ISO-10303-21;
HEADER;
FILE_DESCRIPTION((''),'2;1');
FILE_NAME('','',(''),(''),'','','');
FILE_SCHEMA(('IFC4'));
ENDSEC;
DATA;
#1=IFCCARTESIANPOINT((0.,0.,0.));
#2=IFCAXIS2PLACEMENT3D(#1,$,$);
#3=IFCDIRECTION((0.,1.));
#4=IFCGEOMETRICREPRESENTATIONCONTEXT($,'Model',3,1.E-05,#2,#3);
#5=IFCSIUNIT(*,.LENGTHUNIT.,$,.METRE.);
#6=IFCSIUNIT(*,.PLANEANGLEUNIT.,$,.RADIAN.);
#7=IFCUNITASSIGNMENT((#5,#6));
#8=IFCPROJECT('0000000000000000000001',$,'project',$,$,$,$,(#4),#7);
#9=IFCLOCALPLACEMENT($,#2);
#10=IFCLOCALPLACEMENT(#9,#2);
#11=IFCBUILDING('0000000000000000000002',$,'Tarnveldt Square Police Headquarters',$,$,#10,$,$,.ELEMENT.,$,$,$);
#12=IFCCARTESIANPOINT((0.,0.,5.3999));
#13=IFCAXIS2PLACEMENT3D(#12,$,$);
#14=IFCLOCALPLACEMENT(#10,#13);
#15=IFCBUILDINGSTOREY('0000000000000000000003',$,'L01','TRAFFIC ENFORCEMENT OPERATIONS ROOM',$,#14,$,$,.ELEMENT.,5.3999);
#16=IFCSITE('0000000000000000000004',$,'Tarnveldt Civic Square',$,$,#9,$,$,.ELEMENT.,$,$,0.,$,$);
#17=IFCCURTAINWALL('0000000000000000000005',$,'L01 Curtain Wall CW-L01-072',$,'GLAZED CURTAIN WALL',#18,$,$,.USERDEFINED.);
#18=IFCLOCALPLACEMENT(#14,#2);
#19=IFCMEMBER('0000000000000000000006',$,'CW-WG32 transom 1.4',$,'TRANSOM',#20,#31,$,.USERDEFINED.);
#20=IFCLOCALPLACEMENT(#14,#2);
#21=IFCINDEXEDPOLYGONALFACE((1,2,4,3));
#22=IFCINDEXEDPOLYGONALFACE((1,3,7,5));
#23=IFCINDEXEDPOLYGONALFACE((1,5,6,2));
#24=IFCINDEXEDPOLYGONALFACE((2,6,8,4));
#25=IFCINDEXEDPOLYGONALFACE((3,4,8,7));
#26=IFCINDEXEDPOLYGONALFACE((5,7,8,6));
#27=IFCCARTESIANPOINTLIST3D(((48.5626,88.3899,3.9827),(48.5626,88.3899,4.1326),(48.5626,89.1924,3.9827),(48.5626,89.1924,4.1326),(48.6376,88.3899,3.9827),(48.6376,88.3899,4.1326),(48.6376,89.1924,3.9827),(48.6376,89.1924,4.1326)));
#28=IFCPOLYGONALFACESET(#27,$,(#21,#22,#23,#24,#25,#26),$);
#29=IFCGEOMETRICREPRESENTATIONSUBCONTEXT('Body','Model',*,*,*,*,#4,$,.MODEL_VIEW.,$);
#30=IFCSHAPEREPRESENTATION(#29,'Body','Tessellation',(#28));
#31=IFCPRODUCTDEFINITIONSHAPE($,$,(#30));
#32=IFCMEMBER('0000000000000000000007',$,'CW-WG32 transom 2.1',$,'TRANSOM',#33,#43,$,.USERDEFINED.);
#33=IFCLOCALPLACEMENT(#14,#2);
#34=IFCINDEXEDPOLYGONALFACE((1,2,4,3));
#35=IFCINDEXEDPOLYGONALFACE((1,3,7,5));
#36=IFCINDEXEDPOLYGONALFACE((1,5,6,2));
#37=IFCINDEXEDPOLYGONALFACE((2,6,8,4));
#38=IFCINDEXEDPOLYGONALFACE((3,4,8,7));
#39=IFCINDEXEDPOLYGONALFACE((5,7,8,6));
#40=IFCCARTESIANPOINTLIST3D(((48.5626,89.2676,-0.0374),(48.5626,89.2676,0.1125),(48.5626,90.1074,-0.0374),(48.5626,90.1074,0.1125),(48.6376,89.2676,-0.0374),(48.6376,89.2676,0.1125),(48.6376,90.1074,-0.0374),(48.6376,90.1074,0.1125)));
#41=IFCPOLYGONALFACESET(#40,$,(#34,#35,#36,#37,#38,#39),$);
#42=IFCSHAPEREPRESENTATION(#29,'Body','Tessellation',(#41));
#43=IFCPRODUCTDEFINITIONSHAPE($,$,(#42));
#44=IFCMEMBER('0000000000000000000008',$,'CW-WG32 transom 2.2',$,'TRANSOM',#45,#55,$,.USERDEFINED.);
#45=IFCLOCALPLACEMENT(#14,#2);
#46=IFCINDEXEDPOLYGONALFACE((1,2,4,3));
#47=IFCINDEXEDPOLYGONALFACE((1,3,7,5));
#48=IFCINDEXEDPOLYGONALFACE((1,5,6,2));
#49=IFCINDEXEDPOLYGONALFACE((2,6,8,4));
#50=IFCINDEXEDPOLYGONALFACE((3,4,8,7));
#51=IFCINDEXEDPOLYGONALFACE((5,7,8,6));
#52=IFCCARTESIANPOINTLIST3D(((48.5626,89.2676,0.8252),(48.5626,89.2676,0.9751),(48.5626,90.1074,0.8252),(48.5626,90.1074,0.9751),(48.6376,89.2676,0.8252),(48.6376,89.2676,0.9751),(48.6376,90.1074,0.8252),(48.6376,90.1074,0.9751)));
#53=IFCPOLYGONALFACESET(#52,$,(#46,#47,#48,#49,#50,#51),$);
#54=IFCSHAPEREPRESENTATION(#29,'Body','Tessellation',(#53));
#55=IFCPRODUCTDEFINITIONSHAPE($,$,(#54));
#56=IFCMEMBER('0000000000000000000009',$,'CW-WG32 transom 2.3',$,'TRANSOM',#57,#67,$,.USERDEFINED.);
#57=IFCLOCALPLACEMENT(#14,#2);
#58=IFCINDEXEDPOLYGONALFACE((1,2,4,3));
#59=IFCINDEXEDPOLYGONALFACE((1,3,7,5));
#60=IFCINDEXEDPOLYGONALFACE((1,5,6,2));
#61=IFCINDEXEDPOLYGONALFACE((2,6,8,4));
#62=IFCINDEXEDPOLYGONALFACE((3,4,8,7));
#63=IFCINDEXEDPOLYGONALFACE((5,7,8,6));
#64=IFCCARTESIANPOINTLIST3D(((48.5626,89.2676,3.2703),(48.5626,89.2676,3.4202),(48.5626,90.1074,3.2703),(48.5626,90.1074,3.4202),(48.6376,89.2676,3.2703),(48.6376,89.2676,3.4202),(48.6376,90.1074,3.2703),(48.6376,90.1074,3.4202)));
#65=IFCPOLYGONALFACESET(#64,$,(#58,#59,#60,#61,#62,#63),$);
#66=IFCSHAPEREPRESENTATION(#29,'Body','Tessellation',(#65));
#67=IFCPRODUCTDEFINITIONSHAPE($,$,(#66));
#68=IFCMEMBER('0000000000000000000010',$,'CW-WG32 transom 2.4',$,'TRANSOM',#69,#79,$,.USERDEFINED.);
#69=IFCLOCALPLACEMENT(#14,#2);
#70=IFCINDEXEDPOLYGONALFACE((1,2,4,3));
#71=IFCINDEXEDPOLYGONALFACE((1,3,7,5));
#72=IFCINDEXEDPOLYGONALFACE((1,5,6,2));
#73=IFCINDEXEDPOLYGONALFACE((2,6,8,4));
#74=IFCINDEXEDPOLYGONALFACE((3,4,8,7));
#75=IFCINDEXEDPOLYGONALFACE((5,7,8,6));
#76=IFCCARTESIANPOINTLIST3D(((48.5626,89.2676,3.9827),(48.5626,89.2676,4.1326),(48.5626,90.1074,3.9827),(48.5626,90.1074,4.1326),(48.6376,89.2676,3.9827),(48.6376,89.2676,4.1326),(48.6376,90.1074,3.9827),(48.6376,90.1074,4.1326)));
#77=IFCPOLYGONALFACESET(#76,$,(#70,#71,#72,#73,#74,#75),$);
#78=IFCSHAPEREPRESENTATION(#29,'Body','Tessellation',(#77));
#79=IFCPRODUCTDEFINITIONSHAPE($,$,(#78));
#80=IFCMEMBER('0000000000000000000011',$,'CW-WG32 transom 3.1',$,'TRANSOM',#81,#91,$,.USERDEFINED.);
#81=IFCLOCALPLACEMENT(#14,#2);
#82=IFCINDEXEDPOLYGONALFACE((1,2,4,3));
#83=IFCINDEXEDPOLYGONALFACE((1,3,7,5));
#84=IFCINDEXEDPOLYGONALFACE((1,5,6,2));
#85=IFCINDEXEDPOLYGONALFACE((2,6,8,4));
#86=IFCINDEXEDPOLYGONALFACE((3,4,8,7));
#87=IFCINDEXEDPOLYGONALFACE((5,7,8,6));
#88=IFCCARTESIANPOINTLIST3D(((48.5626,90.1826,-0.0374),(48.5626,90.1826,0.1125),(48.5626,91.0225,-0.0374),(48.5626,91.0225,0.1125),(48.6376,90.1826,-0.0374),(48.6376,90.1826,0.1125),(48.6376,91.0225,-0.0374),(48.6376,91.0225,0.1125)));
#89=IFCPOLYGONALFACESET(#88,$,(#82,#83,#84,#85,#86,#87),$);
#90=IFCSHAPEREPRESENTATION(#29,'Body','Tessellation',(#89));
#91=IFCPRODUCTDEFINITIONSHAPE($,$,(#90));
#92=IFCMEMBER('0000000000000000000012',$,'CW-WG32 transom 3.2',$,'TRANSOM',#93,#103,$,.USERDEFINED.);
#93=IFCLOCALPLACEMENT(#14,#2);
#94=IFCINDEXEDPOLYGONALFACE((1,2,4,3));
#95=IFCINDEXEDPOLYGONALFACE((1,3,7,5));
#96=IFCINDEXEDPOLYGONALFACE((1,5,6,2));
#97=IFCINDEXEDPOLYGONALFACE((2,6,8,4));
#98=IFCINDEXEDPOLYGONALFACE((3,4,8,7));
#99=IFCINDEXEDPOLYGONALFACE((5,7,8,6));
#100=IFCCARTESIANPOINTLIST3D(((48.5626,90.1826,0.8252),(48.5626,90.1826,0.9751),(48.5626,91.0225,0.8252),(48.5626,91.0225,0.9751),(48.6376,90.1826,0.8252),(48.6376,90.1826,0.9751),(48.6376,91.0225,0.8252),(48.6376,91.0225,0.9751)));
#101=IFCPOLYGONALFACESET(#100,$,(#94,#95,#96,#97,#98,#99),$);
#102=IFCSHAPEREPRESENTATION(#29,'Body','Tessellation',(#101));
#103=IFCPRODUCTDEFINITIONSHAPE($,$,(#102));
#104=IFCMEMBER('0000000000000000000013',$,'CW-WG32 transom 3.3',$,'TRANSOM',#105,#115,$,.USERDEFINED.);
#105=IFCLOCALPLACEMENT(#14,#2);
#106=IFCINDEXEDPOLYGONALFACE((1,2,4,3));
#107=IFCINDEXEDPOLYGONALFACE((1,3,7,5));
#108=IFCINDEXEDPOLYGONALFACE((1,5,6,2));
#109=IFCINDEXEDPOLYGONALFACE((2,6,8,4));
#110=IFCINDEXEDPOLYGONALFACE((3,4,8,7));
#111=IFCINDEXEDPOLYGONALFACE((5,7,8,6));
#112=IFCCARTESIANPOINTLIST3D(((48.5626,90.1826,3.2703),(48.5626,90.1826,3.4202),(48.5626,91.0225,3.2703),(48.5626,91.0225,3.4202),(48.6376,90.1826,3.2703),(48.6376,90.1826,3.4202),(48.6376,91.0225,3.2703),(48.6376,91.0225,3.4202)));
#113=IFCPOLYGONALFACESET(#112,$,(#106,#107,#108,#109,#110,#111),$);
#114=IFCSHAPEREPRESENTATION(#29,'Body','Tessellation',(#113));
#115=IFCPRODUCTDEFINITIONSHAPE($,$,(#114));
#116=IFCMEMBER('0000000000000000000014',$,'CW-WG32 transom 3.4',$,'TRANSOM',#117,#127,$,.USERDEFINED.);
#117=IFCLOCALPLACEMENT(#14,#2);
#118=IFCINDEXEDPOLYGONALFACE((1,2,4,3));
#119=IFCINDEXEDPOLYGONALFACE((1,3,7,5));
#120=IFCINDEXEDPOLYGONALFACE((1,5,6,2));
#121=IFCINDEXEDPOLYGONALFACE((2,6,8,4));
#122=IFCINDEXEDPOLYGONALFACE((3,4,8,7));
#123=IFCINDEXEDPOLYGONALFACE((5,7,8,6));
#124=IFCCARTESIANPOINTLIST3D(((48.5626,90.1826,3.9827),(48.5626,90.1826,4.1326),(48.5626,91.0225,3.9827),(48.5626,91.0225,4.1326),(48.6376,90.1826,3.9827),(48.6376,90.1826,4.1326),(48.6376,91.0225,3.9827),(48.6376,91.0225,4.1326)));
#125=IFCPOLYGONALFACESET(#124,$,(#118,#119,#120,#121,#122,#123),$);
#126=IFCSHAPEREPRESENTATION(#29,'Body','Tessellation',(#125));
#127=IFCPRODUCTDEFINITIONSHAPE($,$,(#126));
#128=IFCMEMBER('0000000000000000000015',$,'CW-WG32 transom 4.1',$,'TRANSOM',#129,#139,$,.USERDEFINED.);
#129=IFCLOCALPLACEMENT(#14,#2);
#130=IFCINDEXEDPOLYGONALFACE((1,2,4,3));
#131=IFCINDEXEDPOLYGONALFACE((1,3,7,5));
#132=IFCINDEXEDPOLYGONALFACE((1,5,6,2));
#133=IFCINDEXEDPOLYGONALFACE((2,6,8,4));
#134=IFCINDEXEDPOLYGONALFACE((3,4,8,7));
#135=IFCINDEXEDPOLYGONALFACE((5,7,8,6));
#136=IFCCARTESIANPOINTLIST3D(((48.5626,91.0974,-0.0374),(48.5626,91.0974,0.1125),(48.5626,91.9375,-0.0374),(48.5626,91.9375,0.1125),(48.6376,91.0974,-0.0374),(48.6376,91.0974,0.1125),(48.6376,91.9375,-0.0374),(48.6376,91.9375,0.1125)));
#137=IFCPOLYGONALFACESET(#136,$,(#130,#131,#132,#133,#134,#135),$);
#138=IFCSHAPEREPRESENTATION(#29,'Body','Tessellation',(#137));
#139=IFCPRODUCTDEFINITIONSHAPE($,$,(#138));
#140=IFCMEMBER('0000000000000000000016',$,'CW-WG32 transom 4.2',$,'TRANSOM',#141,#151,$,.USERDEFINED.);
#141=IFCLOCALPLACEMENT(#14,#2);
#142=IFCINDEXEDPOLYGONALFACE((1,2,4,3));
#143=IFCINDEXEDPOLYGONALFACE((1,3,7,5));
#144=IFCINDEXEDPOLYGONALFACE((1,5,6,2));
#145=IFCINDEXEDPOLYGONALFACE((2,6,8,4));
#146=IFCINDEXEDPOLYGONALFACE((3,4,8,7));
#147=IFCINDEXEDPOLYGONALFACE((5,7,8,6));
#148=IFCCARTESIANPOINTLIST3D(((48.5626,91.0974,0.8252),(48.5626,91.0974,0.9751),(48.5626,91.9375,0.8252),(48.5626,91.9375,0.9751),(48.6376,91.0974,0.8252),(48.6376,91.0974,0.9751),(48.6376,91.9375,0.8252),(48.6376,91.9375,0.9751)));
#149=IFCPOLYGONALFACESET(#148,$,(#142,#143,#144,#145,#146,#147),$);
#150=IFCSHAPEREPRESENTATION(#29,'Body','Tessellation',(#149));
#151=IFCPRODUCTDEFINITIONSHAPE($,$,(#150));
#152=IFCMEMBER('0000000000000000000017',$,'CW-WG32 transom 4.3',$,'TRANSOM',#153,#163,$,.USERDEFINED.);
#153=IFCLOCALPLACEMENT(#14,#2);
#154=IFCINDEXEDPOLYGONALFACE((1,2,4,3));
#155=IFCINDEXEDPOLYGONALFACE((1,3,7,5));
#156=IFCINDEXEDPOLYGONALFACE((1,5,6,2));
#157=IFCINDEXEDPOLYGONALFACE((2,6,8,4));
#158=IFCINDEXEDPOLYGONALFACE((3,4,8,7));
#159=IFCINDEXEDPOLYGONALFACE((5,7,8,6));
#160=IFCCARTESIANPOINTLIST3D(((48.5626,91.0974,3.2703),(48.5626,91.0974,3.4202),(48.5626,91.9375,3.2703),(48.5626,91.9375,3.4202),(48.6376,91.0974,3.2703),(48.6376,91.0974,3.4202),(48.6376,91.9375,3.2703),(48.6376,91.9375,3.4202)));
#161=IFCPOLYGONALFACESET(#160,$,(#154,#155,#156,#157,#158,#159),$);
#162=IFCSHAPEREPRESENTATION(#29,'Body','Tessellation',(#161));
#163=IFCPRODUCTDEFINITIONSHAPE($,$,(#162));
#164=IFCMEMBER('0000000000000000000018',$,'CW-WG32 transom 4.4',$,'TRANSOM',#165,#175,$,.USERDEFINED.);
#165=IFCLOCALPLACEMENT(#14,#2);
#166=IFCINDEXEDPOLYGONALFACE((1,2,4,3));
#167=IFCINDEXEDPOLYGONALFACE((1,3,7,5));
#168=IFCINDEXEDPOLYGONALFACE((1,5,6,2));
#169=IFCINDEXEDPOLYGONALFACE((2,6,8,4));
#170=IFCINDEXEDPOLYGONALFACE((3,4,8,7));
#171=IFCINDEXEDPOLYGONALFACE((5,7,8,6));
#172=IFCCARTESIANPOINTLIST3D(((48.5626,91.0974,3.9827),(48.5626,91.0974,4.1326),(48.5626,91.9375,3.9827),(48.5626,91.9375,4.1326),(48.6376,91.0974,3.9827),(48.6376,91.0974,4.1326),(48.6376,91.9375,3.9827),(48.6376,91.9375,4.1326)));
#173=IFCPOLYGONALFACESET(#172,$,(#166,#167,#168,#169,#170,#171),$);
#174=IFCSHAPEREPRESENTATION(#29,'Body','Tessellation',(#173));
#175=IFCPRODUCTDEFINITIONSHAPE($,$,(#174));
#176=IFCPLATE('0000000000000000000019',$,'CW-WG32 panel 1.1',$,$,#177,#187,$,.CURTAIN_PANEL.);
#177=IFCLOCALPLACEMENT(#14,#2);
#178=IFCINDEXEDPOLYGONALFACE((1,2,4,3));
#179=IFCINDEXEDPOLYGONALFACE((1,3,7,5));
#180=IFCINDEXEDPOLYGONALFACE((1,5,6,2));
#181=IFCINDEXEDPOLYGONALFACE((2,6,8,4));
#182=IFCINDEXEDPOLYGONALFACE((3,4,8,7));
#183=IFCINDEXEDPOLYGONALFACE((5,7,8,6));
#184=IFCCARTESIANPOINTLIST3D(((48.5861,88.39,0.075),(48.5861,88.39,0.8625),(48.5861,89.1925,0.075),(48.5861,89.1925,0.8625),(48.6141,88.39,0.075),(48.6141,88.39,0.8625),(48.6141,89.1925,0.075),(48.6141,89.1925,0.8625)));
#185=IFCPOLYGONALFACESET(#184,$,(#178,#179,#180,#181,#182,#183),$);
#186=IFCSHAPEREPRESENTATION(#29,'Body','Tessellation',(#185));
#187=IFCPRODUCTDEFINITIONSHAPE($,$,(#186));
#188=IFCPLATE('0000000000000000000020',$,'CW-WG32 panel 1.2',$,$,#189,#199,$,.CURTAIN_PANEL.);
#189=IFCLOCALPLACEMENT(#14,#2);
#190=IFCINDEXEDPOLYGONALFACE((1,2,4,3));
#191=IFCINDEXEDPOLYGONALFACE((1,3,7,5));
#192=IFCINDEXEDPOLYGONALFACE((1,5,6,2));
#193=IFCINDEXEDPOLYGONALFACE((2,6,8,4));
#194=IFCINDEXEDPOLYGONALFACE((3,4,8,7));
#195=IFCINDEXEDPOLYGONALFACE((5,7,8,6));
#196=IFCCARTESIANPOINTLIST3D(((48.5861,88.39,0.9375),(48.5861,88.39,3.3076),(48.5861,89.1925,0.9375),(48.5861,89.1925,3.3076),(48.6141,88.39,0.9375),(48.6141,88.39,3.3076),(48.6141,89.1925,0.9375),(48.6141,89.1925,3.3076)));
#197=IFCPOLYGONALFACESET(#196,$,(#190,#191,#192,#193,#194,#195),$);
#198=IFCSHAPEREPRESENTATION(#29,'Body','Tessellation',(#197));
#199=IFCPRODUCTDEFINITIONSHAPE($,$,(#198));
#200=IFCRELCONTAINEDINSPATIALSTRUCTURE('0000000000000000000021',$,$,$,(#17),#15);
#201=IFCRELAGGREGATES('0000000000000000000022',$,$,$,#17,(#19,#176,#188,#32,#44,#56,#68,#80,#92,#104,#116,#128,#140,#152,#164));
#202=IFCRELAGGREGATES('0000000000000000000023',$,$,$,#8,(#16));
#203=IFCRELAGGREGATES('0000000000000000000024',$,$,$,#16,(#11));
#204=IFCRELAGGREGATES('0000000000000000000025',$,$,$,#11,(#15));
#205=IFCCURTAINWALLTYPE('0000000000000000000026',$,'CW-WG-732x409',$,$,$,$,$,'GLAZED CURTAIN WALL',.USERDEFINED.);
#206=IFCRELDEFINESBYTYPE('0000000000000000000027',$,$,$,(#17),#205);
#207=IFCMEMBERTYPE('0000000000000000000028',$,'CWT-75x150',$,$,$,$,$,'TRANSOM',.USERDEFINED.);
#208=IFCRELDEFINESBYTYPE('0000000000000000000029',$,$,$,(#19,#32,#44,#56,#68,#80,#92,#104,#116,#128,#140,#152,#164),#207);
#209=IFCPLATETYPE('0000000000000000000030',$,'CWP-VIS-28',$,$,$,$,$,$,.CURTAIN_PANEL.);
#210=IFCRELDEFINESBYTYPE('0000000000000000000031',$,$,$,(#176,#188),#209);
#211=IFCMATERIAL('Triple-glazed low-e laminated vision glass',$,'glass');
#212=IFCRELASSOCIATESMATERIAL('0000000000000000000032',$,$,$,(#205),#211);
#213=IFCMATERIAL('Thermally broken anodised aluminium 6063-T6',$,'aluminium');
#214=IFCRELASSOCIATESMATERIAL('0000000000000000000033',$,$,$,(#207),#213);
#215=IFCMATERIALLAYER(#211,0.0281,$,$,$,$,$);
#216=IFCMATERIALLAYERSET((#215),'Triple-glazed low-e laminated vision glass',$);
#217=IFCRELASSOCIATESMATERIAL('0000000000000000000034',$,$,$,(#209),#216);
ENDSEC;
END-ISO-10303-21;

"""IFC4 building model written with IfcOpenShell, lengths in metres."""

from ifc_helpers import new_model, si_unit, direction, frame, origin, origin_2d, place, context, subcontext, project, spatial, rectangle, extrude, material, layer, layer_set, material_profile, profile_set, type_object, element, aggregate, save


model = new_model("IFC4")

# Units and contexts
model_context = context("Model", 3, precision=1e-05, world=origin(), true_north=direction((0.0, 1.0)))
body_context = subcontext(model_context, "Body", "Model", "MODEL_VIEW")
ifc_project = project(units=[si_unit("LENGTHUNIT", "METRE"), si_unit("PLANEANGLEUNIT", "RADIAN")], contexts=[model_context])

# Site, building, storey
site_placement = place(None, origin())
site = spatial("IfcSite", under=ifc_project, at=site_placement, Name="Tarnveldt Civic Square", CompositionType="ELEMENT", RefElevation=0.0)
building_placement = place(site_placement, origin())
building = spatial("IfcBuilding", under=site, at=building_placement, Name="Tarnveldt Square Police Headquarters", CompositionType="ELEMENT")
storey_placement = place(building_placement, frame((0.0, 0.0, 5.3999)))
storey = spatial("IfcBuildingStorey", under=building, at=storey_placement, Name="L01", Description="TRAFFIC ENFORCEMENT OPERATIONS ROOM", CompositionType="ELEMENT", Elevation=5.3999)

# Curtain wall, members, plates
ifc_material_1 = material(Name="Triple-glazed low-e laminated vision glass", Category="glass")
curtain_wall_type = type_object("IfcCurtainWallType", Name="CW-WG-732x409", ElementType="GLAZED CURTAIN WALL", PredefinedType="USERDEFINED", material=ifc_material_1)
curtain_wall_placement = place(storey_placement, origin())
curtain_wall = element("IfcCurtainWall", 1, at=curtain_wall_placement, inside=storey, type_object=curtain_wall_type, Name="L01 Curtain Wall CW-L01-072", ObjectType="GLAZED CURTAIN WALL", PredefinedType="USERDEFINED")
ifc_material_2 = material(Name="Thermally broken anodised aluminium 6063-T6", Category="aluminium")
ifc_material_profile_1 = material_profile(ifc_material_2, rectangle(XDim=0.075, YDim=0.1499, at=origin_2d()), Name="CW-T75x150")
ifc_profile_set_1 = profile_set([ifc_material_profile_1], Name="Thermally broken anodised aluminium 6063-T6")
member_type_1 = type_object("IfcMemberType", Name="CWT-75x150", ElementType="TRANSOM", PredefinedType="USERDEFINED", material=ifc_profile_set_1)
member_1_placement = place(storey_placement, frame((48.6001, 88.3899, 4.0576), z_axis=(0.0, 1.0, 0.0), x_axis=(-1.0, 0.0, 0.0)))
member_1 = element("IfcMember", 2, at=member_1_placement, type_object=member_type_1, Name="CW-WG32 transom 1.4", ObjectType="TRANSOM", PredefinedType="USERDEFINED", context=body_context, shape_type="SweptSolid", body=[
    extrude(rectangle(XDim=0.075, YDim=0.1499, at=origin_2d()), origin(), (0.0, 0.0, 1.0), 0.8025),
])
member_2_placement = place(storey_placement, frame((48.6001, 89.2676, 0.0376), z_axis=(0.0, 1.0, 0.0), x_axis=(-1.0, 0.0, 0.0)))
member_2 = element("IfcMember", 3, at=member_2_placement, type_object=member_type_1, Name="CW-WG32 transom 2.1", ObjectType="TRANSOM", PredefinedType="USERDEFINED", context=body_context, shape_type="SweptSolid", body=[
    extrude(rectangle(XDim=0.075, YDim=0.1499, at=origin_2d()), origin(), (0.0, 0.0, 1.0), 0.8398),
])
member_3_placement = place(storey_placement, frame((48.6001, 89.2676, 0.9001), z_axis=(0.0, 1.0, 0.0), x_axis=(-1.0, 0.0, 0.0)))
member_3 = element("IfcMember", 4, at=member_3_placement, type_object=member_type_1, Name="CW-WG32 transom 2.2", ObjectType="TRANSOM", PredefinedType="USERDEFINED", context=body_context, shape_type="SweptSolid", body=[
    extrude(rectangle(XDim=0.075, YDim=0.1499, at=origin_2d()), origin(), (0.0, 0.0, 1.0), 0.8398),
])
member_4_placement = place(storey_placement, frame((48.6001, 89.2676, 3.3452), z_axis=(0.0, 1.0, 0.0), x_axis=(-1.0, 0.0, 0.0)))
member_4 = element("IfcMember", 5, at=member_4_placement, type_object=member_type_1, Name="CW-WG32 transom 2.3", ObjectType="TRANSOM", PredefinedType="USERDEFINED", context=body_context, shape_type="SweptSolid", body=[
    extrude(rectangle(XDim=0.075, YDim=0.1499, at=origin_2d()), origin(), (0.0, 0.0, 1.0), 0.8398),
])
member_5_placement = place(storey_placement, frame((48.6001, 89.2676, 4.0576), z_axis=(0.0, 1.0, 0.0), x_axis=(-1.0, 0.0, 0.0)))
member_5 = element("IfcMember", 6, at=member_5_placement, type_object=member_type_1, Name="CW-WG32 transom 2.4", ObjectType="TRANSOM", PredefinedType="USERDEFINED", context=body_context, shape_type="SweptSolid", body=[
    extrude(rectangle(XDim=0.075, YDim=0.1499, at=origin_2d()), origin(), (0.0, 0.0, 1.0), 0.8398),
])
member_6_placement = place(storey_placement, frame((48.6001, 90.1826, 0.0376), z_axis=(0.0, 1.0, 0.0), x_axis=(-1.0, 0.0, 0.0)))
member_6 = element("IfcMember", 7, at=member_6_placement, type_object=member_type_1, Name="CW-WG32 transom 3.1", ObjectType="TRANSOM", PredefinedType="USERDEFINED", context=body_context, shape_type="SweptSolid", body=[
    extrude(rectangle(XDim=0.075, YDim=0.1499, at=origin_2d()), origin(), (0.0, 0.0, 1.0), 0.8398),
])
member_7_placement = place(storey_placement, frame((48.6001, 90.1826, 0.9001), z_axis=(0.0, 1.0, 0.0), x_axis=(-1.0, 0.0, 0.0)))
member_7 = element("IfcMember", 8, at=member_7_placement, type_object=member_type_1, Name="CW-WG32 transom 3.2", ObjectType="TRANSOM", PredefinedType="USERDEFINED", context=body_context, shape_type="SweptSolid", body=[
    extrude(rectangle(XDim=0.075, YDim=0.1499, at=origin_2d()), origin(), (0.0, 0.0, 1.0), 0.8398),
])
member_8_placement = place(storey_placement, frame((48.6001, 90.1826, 3.3452), z_axis=(0.0, 1.0, 0.0), x_axis=(-1.0, 0.0, 0.0)))
member_8 = element("IfcMember", 9, at=member_8_placement, type_object=member_type_1, Name="CW-WG32 transom 3.3", ObjectType="TRANSOM", PredefinedType="USERDEFINED", context=body_context, shape_type="SweptSolid", body=[
    extrude(rectangle(XDim=0.075, YDim=0.1499, at=origin_2d()), origin(), (0.0, 0.0, 1.0), 0.8398),
])
member_9_placement = place(storey_placement, frame((48.6001, 90.1826, 4.0576), z_axis=(0.0, 1.0, 0.0), x_axis=(-1.0, 0.0, 0.0)))
member_9 = element("IfcMember", 10, at=member_9_placement, type_object=member_type_1, Name="CW-WG32 transom 3.4", ObjectType="TRANSOM", PredefinedType="USERDEFINED", context=body_context, shape_type="SweptSolid", body=[
    extrude(rectangle(XDim=0.075, YDim=0.1499, at=origin_2d()), origin(), (0.0, 0.0, 1.0), 0.8398),
])
member_10_placement = place(storey_placement, frame((48.6001, 91.0974, 0.0376), z_axis=(0.0, 1.0, 0.0), x_axis=(-1.0, 0.0, 0.0)))
member_10 = element("IfcMember", 11, at=member_10_placement, type_object=member_type_1, Name="CW-WG32 transom 4.1", ObjectType="TRANSOM", PredefinedType="USERDEFINED", context=body_context, shape_type="SweptSolid", body=[
    extrude(rectangle(XDim=0.075, YDim=0.1499, at=origin_2d()), origin(), (0.0, 0.0, 1.0), 0.8401),
])
member_11_placement = place(storey_placement, frame((48.6001, 91.0974, 0.9001), z_axis=(0.0, 1.0, 0.0), x_axis=(-1.0, 0.0, 0.0)))
member_11 = element("IfcMember", 12, at=member_11_placement, type_object=member_type_1, Name="CW-WG32 transom 4.2", ObjectType="TRANSOM", PredefinedType="USERDEFINED", context=body_context, shape_type="SweptSolid", body=[
    extrude(rectangle(XDim=0.075, YDim=0.1499, at=origin_2d()), origin(), (0.0, 0.0, 1.0), 0.8401),
])
member_12_placement = place(storey_placement, frame((48.6001, 91.0974, 3.3452), z_axis=(0.0, 1.0, 0.0), x_axis=(-1.0, 0.0, 0.0)))
member_12 = element("IfcMember", 13, at=member_12_placement, type_object=member_type_1, Name="CW-WG32 transom 4.3", ObjectType="TRANSOM", PredefinedType="USERDEFINED", context=body_context, shape_type="SweptSolid", body=[
    extrude(rectangle(XDim=0.075, YDim=0.1499, at=origin_2d()), origin(), (0.0, 0.0, 1.0), 0.8401),
])
member_13_placement = place(storey_placement, frame((48.6001, 91.0974, 4.0576), z_axis=(0.0, 1.0, 0.0), x_axis=(-1.0, 0.0, 0.0)))
member_13 = element("IfcMember", 14, at=member_13_placement, type_object=member_type_1, Name="CW-WG32 transom 4.4", ObjectType="TRANSOM", PredefinedType="USERDEFINED", context=body_context, shape_type="SweptSolid", body=[
    extrude(rectangle(XDim=0.075, YDim=0.1499, at=origin_2d()), origin(), (0.0, 0.0, 1.0), 0.8401),
])
ifc_layer = layer(ifc_material_1, 0.0281)
ifc_layer_set = layer_set([ifc_layer], Name="Triple-glazed low-e laminated vision glass")
plate_type = type_object("IfcPlateType", Name="CWP-VIS-28", PredefinedType="CURTAIN_PANEL", material=ifc_layer_set)
plate_1_placement = place(storey_placement, frame((48.6001, 88.7913, 0.075), z_axis=(0.0, 0.0, 1.0), x_axis=(0.0, 1.0, 0.0)))
plate_1 = element("IfcPlate", 15, at=plate_1_placement, type_object=plate_type, Name="CW-WG32 panel 1.1", PredefinedType="CURTAIN_PANEL", context=body_context, shape_type="SweptSolid", body=[
    extrude(rectangle(XDim=0.8025, YDim=0.0281, at=origin_2d()), origin(), (0.0, 0.0, 1.0), 0.7876),
])
plate_2_placement = place(storey_placement, frame((48.6001, 88.7913, 0.9375), z_axis=(0.0, 0.0, 1.0), x_axis=(0.0, 1.0, 0.0)))
plate_2 = element("IfcPlate", 16, at=plate_2_placement, type_object=plate_type, Name="CW-WG32 panel 1.2", PredefinedType="CURTAIN_PANEL", context=body_context, shape_type="SweptSolid", body=[
    extrude(rectangle(XDim=0.8025, YDim=0.0281, at=origin_2d()), origin(), (0.0, 0.0, 1.0), 2.3701),
])
aggregate(curtain_wall, [member_1, plate_1, plate_2, member_2, member_3, member_4, member_5, member_6, member_7, member_8, member_9, member_10, member_11, member_12, member_13])

save(model, "model.ifc")
